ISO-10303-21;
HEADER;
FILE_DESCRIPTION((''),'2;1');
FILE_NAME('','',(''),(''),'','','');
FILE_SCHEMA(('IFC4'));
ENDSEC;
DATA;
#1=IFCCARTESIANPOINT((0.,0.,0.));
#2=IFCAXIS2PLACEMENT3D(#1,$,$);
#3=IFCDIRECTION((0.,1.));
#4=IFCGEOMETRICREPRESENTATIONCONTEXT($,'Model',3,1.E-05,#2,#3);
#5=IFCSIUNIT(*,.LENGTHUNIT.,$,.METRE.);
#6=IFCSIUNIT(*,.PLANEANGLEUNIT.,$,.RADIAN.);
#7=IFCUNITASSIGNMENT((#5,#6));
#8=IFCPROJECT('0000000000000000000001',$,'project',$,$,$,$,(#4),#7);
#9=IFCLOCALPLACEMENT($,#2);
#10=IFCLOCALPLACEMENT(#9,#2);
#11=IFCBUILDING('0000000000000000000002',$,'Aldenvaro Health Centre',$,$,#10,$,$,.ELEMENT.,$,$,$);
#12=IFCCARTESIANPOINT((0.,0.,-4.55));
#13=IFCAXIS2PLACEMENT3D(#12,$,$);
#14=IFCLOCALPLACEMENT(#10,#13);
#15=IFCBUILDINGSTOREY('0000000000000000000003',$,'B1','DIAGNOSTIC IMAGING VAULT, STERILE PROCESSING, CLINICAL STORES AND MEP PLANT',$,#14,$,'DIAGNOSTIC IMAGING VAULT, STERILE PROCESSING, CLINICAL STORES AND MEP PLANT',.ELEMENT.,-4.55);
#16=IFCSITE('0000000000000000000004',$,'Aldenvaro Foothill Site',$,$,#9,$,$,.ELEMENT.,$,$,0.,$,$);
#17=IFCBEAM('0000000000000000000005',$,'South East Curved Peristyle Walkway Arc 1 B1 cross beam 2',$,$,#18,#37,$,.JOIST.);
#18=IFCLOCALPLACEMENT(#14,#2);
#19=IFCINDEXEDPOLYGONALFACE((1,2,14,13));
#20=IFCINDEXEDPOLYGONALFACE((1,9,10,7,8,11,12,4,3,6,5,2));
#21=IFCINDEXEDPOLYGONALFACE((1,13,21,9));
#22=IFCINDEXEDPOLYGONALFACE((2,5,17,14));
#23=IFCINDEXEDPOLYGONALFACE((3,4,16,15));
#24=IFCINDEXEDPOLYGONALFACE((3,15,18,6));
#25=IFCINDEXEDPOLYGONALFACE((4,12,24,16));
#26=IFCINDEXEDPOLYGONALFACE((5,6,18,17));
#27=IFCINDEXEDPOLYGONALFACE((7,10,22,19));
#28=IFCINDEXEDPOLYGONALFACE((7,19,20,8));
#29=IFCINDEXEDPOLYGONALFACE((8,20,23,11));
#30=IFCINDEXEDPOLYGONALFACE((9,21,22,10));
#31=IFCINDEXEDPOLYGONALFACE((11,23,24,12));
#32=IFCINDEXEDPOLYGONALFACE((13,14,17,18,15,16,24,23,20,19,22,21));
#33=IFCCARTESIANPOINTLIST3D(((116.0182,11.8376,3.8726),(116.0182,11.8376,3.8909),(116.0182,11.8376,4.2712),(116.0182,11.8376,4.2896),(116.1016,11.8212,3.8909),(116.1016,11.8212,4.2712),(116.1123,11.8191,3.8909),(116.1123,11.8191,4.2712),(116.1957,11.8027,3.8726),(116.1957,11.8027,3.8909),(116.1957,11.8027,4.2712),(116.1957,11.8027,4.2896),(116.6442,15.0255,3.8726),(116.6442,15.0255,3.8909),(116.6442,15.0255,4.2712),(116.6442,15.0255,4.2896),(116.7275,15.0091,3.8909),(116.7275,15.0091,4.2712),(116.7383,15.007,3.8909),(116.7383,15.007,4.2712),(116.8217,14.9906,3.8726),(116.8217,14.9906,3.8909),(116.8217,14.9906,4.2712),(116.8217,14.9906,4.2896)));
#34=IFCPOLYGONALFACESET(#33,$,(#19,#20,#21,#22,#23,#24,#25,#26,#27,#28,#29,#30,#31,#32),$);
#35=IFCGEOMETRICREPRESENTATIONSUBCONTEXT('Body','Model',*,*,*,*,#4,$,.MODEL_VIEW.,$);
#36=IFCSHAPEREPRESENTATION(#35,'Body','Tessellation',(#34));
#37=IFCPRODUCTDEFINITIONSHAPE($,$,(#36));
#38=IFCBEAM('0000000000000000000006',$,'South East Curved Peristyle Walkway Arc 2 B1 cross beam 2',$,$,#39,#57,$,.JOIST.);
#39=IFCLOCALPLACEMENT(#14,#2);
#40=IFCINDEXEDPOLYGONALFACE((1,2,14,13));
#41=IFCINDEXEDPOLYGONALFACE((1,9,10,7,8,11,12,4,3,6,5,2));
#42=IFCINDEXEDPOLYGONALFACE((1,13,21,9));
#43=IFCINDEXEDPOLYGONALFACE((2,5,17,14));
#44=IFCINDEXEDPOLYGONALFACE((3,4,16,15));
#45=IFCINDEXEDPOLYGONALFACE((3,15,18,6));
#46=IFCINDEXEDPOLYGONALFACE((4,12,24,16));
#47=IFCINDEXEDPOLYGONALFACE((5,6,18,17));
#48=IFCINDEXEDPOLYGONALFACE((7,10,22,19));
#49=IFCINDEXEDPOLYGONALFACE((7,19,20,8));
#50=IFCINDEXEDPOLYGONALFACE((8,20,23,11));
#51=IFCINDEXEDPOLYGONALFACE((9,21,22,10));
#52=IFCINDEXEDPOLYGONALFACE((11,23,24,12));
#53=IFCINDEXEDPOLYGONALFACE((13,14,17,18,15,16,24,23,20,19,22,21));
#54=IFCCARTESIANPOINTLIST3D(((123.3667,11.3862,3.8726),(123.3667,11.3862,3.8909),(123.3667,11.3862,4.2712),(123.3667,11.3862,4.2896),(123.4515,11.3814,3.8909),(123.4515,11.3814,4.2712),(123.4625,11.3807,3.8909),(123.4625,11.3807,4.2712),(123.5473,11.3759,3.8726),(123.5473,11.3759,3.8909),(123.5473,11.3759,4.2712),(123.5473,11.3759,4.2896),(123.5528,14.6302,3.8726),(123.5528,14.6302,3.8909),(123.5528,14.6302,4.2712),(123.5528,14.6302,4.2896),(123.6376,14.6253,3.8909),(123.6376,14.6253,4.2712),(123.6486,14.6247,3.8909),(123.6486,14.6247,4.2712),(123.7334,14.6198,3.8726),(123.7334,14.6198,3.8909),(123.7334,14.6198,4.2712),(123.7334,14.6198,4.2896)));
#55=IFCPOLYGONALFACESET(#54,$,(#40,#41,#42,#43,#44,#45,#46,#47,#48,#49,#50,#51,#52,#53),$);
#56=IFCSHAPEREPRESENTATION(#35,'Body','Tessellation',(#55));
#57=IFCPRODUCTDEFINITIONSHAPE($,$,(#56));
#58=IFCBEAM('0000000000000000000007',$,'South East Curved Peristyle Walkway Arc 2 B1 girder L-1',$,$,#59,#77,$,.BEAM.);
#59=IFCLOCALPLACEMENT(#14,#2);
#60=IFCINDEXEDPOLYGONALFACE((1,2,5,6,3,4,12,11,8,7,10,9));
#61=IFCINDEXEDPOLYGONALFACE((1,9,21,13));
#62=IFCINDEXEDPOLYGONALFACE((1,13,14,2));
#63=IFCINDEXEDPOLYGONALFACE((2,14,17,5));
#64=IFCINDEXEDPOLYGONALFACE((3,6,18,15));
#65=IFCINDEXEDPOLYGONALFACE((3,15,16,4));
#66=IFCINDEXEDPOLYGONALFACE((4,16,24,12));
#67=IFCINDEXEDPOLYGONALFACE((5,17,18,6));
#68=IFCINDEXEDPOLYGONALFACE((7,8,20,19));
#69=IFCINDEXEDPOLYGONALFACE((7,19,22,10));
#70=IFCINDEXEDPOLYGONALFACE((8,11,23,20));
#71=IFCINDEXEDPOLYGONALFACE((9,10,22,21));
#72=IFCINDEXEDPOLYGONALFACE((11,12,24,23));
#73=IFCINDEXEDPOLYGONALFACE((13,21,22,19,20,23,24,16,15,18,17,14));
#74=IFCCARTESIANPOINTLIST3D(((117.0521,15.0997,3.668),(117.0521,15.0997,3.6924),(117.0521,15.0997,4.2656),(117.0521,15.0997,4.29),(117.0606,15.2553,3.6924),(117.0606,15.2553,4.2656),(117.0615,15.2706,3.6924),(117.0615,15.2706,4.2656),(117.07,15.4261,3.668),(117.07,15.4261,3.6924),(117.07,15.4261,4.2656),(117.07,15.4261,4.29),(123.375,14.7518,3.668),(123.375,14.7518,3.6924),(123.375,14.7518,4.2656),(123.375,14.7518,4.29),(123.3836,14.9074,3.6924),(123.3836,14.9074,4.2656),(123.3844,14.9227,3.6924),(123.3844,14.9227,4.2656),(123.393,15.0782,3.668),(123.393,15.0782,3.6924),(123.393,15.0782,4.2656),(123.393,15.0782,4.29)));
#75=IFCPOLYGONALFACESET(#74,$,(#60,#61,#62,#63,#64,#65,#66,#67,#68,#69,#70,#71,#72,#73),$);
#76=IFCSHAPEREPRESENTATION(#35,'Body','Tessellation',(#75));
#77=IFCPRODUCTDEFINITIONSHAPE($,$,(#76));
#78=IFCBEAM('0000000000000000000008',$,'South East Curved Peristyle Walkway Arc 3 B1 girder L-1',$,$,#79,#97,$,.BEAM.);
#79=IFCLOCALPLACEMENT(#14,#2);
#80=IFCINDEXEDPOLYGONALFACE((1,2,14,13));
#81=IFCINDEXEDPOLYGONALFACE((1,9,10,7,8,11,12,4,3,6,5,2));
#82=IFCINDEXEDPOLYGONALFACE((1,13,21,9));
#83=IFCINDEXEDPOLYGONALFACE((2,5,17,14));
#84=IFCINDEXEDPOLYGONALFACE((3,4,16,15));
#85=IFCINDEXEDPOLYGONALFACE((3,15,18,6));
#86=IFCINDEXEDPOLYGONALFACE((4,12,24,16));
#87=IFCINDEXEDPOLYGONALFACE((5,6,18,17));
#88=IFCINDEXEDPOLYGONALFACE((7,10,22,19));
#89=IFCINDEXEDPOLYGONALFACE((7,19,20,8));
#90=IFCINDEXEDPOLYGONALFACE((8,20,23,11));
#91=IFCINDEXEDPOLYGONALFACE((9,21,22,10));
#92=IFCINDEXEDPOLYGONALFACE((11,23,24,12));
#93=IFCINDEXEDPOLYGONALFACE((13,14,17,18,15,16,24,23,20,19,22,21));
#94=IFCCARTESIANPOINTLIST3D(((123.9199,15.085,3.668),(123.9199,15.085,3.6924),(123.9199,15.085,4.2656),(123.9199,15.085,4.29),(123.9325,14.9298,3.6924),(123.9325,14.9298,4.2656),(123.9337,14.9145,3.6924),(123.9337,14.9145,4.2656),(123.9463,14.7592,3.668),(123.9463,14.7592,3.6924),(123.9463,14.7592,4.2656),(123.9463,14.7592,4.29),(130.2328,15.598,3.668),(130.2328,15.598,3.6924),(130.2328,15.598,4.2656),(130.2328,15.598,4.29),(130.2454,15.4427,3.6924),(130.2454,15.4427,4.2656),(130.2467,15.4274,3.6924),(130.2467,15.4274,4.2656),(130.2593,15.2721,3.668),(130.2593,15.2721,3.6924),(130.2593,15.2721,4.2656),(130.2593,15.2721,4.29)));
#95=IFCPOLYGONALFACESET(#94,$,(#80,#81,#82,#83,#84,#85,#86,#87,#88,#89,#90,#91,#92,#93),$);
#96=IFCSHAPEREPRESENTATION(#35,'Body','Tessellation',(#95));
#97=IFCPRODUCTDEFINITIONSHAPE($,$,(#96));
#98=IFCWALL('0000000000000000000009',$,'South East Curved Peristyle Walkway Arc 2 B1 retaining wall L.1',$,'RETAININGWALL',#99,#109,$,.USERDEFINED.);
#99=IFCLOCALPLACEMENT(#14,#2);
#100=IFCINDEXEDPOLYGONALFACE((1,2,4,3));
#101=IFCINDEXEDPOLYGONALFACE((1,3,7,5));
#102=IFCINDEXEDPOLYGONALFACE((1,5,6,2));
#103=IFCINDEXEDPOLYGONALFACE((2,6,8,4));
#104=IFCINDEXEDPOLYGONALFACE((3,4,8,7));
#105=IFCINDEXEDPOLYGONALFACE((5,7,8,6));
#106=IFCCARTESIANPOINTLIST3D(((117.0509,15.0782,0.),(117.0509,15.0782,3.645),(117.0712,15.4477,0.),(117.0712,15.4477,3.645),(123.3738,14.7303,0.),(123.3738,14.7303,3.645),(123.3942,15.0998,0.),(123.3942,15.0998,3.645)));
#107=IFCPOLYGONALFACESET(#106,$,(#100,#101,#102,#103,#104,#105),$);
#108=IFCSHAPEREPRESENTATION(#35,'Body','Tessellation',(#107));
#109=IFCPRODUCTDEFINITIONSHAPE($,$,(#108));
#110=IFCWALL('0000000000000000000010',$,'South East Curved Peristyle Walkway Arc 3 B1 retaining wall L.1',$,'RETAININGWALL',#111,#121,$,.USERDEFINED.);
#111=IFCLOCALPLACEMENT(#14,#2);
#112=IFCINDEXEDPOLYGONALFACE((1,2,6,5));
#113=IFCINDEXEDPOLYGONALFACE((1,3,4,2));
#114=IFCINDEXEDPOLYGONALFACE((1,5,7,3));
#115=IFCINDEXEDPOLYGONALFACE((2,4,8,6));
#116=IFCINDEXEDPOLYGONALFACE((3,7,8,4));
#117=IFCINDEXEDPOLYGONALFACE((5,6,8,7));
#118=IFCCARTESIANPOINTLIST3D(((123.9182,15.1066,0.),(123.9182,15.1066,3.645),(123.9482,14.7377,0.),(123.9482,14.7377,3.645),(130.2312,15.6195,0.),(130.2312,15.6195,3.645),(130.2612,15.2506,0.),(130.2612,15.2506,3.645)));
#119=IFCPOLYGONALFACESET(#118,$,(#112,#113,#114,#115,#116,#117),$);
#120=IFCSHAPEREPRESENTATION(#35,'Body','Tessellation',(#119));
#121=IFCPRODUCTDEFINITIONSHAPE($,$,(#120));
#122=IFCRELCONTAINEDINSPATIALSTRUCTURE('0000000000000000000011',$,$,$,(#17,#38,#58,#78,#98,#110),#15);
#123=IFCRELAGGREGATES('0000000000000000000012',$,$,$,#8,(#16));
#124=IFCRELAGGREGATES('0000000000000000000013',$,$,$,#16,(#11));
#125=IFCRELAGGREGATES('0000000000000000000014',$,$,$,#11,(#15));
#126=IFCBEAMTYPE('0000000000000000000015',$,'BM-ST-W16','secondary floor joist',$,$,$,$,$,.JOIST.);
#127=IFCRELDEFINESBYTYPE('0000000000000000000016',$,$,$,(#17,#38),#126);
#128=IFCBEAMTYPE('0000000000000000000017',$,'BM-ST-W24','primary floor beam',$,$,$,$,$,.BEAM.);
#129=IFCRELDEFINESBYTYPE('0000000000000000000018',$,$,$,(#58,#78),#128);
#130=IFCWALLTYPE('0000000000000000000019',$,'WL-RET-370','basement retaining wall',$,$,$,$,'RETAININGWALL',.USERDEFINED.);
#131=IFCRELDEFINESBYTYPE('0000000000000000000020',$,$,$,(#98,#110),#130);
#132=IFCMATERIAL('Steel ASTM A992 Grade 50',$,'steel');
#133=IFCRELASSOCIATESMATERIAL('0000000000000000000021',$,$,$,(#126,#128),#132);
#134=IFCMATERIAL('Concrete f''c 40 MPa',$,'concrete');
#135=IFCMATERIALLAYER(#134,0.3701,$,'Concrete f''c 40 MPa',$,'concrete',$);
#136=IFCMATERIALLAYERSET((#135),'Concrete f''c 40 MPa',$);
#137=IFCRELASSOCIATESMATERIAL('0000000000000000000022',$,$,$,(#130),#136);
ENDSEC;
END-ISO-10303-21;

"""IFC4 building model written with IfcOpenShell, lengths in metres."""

from ifc_helpers import new_model, si_unit, direction, frame, frame_2d, origin, origin_2d, place, context, subcontext, project, spatial, rectangle, i_section, extrude, material, layer, layer_set, material_profile, profile_set, type_object, element, save


model = new_model("IFC4")

# Units and contexts
model_context = context("Model", 3, precision=1e-05, world=origin(), true_north=direction((0.0, 1.0)))
body_context = subcontext(model_context, "Body", "Model", "MODEL_VIEW")
ifc_project = project(units=[si_unit("LENGTHUNIT", "METRE"), si_unit("PLANEANGLEUNIT", "RADIAN")], contexts=[model_context])

# Site, building, storey
site_placement = place(None, origin())
site = spatial("IfcSite", under=ifc_project, at=site_placement, Name="Aldenvaro Foothill Site", CompositionType="ELEMENT", RefElevation=0.0)
building_placement = place(site_placement, origin())
building = spatial("IfcBuilding", under=site, at=building_placement, Name="Aldenvaro Health Centre", CompositionType="ELEMENT")
storey_placement = place(building_placement, frame((0.0, 0.0, -4.55)))
storey = spatial("IfcBuildingStorey", under=building, at=storey_placement, Name="B1", Description="DIAGNOSTIC IMAGING VAULT, STERILE PROCESSING, CLINICAL STORES AND MEP PLANT", LongName="DIAGNOSTIC IMAGING VAULT, STERILE PROCESSING, CLINICAL STORES AND MEP PLANT", CompositionType="ELEMENT", Elevation=-4.55)

# Shared definitions
ifc_material_1 = material(Name="Concrete f'c 40 MPa", Category="concrete")

# Beams
ifc_material_2 = material(Name="Steel ASTM A992 Grade 50", Category="steel")
ifc_material_profile_1 = material_profile(ifc_material_2, i_section(OverallWidth=0.1809, OverallDepth=0.417, WebThickness=0.011, FlangeThickness=0.0183, at=origin_2d()), Name="W16X57", Category="steel")
ifc_profile_set_1 = profile_set([ifc_material_profile_1], Name="Steel ASTM A992 Grade 50")
beam_type_1 = type_object("IfcBeamType", Name="BM-ST-W16", Description="secondary floor joist", PredefinedType="JOIST", material=ifc_profile_set_1)
beam_1_placement = place(storey_placement, frame((116.7329, 15.0081, 4.0811), z_axis=(-0.192676, -0.981263, 0.0), x_axis=(0.981263, -0.192676, 0.0)))
element("IfcBeam", 1, at=beam_1_placement, inside=storey, type_object=beam_type_1, Name="South East Curved Peristyle Walkway Arc 1 B1 cross beam 2", PredefinedType="JOIST", context=body_context, shape_type="SweptSolid", body=[
    extrude(i_section(OverallWidth=0.1809, OverallDepth=0.417, WebThickness=0.011, FlangeThickness=0.0183, at=origin_2d()), origin(), (0.0, 0.0, 1.0), 3.2488),
])
beam_2_placement = place(storey_placement, frame((123.6431, 14.625, 4.0811), z_axis=(-0.057255, -0.99836, 0.0), x_axis=(0.99836, -0.057255, 0.0)))
element("IfcBeam", 2, at=beam_2_placement, inside=storey, type_object=beam_type_1, Name="South East Curved Peristyle Walkway Arc 2 B1 cross beam 2", PredefinedType="JOIST", context=body_context, shape_type="SweptSolid", body=[
    extrude(i_section(OverallWidth=0.1809, OverallDepth=0.417, WebThickness=0.011, FlangeThickness=0.0183, at=origin_2d()), origin(), (0.0, 0.0, 1.0), 3.2493),
])
ifc_material_profile_2 = material_profile(ifc_material_2, i_section(OverallWidth=0.3269, OverallDepth=0.6221, WebThickness=0.0154, FlangeThickness=0.0244, at=origin_2d()), Name="W24X131", Category="steel")
ifc_profile_set_2 = profile_set([ifc_material_profile_2], Name="Steel ASTM A992 Grade 50")
beam_type_2 = type_object("IfcBeamType", Name="BM-ST-W24", Description="primary floor beam", PredefinedType="BEAM", material=ifc_profile_set_2)
beam_3_placement = place(storey_placement, frame((117.061, 15.2629, 3.979), z_axis=(0.99849, -0.054938, 0.0), x_axis=(0.054938, 0.99849, 0.0)))
element("IfcBeam", 3, at=beam_3_placement, inside=storey, type_object=beam_type_2, Name="South East Curved Peristyle Walkway Arc 2 B1 girder L-1", PredefinedType="BEAM", context=body_context, shape_type="SweptSolid", body=[
    extrude(i_section(OverallWidth=0.3269, OverallDepth=0.6221, WebThickness=0.0154, FlangeThickness=0.0244, at=origin_2d()), origin(), (0.0, 0.0, 1.0), 6.3325),
])
beam_4_placement = place(storey_placement, frame((123.9331, 14.9221, 3.979), z_axis=(0.996715, 0.080985, 0.0), x_axis=(-0.080985, 0.996715, 0.0)))
element("IfcBeam", 4, at=beam_4_placement, inside=storey, type_object=beam_type_2, Name="South East Curved Peristyle Walkway Arc 3 B1 girder L-1", PredefinedType="BEAM", context=body_context, shape_type="SweptSolid", body=[
    extrude(i_section(OverallWidth=0.3269, OverallDepth=0.6221, WebThickness=0.0154, FlangeThickness=0.0244, at=origin_2d()), origin(), (0.0, 0.0, 1.0), 6.3337),
])

# Walls
ifc_layer = layer(ifc_material_1, 0.3701, Name="Concrete f'c 40 MPa", Category="concrete")
ifc_layer_set = layer_set([ifc_layer], Name="Concrete f'c 40 MPa")
wall_type = type_object("IfcWallType", Name="WL-RET-370", Description="basement retaining wall", ElementType="RETAININGWALL", PredefinedType="USERDEFINED", material=ifc_layer_set)
wall_1_placement = place(storey_placement, frame((117.061, 15.2629, 0.0), z_axis=(0.0, 0.0, 1.0), x_axis=(0.99849, -0.054938, 0.0)))
element("IfcWall", 5, at=wall_1_placement, inside=storey, type_object=wall_type, Name="South East Curved Peristyle Walkway Arc 2 B1 retaining wall L.1", ObjectType="RETAININGWALL", PredefinedType="USERDEFINED", context=body_context, shape_type="SweptSolid", body=[
    extrude(rectangle(XDim=6.3325, YDim=0.3701, at=frame_2d((3.1663, 0.0))), origin(), (0.0, 0.0, 1.0), 3.645),
])
wall_2_placement = place(storey_placement, frame((123.9331, 14.9221, 0.0), z_axis=(0.0, 0.0, 1.0), x_axis=(0.996715, 0.080985, 0.0)))
element("IfcWall", 6, at=wall_2_placement, inside=storey, type_object=wall_type, Name="South East Curved Peristyle Walkway Arc 3 B1 retaining wall L.1", ObjectType="RETAININGWALL", PredefinedType="USERDEFINED", context=body_context, shape_type="SweptSolid", body=[
    extrude(rectangle(XDim=6.3337, YDim=0.3701, at=frame_2d((3.167, 0.0))), origin(), (0.0, 0.0, 1.0), 3.645),
])

save(model, "model.ifc")
